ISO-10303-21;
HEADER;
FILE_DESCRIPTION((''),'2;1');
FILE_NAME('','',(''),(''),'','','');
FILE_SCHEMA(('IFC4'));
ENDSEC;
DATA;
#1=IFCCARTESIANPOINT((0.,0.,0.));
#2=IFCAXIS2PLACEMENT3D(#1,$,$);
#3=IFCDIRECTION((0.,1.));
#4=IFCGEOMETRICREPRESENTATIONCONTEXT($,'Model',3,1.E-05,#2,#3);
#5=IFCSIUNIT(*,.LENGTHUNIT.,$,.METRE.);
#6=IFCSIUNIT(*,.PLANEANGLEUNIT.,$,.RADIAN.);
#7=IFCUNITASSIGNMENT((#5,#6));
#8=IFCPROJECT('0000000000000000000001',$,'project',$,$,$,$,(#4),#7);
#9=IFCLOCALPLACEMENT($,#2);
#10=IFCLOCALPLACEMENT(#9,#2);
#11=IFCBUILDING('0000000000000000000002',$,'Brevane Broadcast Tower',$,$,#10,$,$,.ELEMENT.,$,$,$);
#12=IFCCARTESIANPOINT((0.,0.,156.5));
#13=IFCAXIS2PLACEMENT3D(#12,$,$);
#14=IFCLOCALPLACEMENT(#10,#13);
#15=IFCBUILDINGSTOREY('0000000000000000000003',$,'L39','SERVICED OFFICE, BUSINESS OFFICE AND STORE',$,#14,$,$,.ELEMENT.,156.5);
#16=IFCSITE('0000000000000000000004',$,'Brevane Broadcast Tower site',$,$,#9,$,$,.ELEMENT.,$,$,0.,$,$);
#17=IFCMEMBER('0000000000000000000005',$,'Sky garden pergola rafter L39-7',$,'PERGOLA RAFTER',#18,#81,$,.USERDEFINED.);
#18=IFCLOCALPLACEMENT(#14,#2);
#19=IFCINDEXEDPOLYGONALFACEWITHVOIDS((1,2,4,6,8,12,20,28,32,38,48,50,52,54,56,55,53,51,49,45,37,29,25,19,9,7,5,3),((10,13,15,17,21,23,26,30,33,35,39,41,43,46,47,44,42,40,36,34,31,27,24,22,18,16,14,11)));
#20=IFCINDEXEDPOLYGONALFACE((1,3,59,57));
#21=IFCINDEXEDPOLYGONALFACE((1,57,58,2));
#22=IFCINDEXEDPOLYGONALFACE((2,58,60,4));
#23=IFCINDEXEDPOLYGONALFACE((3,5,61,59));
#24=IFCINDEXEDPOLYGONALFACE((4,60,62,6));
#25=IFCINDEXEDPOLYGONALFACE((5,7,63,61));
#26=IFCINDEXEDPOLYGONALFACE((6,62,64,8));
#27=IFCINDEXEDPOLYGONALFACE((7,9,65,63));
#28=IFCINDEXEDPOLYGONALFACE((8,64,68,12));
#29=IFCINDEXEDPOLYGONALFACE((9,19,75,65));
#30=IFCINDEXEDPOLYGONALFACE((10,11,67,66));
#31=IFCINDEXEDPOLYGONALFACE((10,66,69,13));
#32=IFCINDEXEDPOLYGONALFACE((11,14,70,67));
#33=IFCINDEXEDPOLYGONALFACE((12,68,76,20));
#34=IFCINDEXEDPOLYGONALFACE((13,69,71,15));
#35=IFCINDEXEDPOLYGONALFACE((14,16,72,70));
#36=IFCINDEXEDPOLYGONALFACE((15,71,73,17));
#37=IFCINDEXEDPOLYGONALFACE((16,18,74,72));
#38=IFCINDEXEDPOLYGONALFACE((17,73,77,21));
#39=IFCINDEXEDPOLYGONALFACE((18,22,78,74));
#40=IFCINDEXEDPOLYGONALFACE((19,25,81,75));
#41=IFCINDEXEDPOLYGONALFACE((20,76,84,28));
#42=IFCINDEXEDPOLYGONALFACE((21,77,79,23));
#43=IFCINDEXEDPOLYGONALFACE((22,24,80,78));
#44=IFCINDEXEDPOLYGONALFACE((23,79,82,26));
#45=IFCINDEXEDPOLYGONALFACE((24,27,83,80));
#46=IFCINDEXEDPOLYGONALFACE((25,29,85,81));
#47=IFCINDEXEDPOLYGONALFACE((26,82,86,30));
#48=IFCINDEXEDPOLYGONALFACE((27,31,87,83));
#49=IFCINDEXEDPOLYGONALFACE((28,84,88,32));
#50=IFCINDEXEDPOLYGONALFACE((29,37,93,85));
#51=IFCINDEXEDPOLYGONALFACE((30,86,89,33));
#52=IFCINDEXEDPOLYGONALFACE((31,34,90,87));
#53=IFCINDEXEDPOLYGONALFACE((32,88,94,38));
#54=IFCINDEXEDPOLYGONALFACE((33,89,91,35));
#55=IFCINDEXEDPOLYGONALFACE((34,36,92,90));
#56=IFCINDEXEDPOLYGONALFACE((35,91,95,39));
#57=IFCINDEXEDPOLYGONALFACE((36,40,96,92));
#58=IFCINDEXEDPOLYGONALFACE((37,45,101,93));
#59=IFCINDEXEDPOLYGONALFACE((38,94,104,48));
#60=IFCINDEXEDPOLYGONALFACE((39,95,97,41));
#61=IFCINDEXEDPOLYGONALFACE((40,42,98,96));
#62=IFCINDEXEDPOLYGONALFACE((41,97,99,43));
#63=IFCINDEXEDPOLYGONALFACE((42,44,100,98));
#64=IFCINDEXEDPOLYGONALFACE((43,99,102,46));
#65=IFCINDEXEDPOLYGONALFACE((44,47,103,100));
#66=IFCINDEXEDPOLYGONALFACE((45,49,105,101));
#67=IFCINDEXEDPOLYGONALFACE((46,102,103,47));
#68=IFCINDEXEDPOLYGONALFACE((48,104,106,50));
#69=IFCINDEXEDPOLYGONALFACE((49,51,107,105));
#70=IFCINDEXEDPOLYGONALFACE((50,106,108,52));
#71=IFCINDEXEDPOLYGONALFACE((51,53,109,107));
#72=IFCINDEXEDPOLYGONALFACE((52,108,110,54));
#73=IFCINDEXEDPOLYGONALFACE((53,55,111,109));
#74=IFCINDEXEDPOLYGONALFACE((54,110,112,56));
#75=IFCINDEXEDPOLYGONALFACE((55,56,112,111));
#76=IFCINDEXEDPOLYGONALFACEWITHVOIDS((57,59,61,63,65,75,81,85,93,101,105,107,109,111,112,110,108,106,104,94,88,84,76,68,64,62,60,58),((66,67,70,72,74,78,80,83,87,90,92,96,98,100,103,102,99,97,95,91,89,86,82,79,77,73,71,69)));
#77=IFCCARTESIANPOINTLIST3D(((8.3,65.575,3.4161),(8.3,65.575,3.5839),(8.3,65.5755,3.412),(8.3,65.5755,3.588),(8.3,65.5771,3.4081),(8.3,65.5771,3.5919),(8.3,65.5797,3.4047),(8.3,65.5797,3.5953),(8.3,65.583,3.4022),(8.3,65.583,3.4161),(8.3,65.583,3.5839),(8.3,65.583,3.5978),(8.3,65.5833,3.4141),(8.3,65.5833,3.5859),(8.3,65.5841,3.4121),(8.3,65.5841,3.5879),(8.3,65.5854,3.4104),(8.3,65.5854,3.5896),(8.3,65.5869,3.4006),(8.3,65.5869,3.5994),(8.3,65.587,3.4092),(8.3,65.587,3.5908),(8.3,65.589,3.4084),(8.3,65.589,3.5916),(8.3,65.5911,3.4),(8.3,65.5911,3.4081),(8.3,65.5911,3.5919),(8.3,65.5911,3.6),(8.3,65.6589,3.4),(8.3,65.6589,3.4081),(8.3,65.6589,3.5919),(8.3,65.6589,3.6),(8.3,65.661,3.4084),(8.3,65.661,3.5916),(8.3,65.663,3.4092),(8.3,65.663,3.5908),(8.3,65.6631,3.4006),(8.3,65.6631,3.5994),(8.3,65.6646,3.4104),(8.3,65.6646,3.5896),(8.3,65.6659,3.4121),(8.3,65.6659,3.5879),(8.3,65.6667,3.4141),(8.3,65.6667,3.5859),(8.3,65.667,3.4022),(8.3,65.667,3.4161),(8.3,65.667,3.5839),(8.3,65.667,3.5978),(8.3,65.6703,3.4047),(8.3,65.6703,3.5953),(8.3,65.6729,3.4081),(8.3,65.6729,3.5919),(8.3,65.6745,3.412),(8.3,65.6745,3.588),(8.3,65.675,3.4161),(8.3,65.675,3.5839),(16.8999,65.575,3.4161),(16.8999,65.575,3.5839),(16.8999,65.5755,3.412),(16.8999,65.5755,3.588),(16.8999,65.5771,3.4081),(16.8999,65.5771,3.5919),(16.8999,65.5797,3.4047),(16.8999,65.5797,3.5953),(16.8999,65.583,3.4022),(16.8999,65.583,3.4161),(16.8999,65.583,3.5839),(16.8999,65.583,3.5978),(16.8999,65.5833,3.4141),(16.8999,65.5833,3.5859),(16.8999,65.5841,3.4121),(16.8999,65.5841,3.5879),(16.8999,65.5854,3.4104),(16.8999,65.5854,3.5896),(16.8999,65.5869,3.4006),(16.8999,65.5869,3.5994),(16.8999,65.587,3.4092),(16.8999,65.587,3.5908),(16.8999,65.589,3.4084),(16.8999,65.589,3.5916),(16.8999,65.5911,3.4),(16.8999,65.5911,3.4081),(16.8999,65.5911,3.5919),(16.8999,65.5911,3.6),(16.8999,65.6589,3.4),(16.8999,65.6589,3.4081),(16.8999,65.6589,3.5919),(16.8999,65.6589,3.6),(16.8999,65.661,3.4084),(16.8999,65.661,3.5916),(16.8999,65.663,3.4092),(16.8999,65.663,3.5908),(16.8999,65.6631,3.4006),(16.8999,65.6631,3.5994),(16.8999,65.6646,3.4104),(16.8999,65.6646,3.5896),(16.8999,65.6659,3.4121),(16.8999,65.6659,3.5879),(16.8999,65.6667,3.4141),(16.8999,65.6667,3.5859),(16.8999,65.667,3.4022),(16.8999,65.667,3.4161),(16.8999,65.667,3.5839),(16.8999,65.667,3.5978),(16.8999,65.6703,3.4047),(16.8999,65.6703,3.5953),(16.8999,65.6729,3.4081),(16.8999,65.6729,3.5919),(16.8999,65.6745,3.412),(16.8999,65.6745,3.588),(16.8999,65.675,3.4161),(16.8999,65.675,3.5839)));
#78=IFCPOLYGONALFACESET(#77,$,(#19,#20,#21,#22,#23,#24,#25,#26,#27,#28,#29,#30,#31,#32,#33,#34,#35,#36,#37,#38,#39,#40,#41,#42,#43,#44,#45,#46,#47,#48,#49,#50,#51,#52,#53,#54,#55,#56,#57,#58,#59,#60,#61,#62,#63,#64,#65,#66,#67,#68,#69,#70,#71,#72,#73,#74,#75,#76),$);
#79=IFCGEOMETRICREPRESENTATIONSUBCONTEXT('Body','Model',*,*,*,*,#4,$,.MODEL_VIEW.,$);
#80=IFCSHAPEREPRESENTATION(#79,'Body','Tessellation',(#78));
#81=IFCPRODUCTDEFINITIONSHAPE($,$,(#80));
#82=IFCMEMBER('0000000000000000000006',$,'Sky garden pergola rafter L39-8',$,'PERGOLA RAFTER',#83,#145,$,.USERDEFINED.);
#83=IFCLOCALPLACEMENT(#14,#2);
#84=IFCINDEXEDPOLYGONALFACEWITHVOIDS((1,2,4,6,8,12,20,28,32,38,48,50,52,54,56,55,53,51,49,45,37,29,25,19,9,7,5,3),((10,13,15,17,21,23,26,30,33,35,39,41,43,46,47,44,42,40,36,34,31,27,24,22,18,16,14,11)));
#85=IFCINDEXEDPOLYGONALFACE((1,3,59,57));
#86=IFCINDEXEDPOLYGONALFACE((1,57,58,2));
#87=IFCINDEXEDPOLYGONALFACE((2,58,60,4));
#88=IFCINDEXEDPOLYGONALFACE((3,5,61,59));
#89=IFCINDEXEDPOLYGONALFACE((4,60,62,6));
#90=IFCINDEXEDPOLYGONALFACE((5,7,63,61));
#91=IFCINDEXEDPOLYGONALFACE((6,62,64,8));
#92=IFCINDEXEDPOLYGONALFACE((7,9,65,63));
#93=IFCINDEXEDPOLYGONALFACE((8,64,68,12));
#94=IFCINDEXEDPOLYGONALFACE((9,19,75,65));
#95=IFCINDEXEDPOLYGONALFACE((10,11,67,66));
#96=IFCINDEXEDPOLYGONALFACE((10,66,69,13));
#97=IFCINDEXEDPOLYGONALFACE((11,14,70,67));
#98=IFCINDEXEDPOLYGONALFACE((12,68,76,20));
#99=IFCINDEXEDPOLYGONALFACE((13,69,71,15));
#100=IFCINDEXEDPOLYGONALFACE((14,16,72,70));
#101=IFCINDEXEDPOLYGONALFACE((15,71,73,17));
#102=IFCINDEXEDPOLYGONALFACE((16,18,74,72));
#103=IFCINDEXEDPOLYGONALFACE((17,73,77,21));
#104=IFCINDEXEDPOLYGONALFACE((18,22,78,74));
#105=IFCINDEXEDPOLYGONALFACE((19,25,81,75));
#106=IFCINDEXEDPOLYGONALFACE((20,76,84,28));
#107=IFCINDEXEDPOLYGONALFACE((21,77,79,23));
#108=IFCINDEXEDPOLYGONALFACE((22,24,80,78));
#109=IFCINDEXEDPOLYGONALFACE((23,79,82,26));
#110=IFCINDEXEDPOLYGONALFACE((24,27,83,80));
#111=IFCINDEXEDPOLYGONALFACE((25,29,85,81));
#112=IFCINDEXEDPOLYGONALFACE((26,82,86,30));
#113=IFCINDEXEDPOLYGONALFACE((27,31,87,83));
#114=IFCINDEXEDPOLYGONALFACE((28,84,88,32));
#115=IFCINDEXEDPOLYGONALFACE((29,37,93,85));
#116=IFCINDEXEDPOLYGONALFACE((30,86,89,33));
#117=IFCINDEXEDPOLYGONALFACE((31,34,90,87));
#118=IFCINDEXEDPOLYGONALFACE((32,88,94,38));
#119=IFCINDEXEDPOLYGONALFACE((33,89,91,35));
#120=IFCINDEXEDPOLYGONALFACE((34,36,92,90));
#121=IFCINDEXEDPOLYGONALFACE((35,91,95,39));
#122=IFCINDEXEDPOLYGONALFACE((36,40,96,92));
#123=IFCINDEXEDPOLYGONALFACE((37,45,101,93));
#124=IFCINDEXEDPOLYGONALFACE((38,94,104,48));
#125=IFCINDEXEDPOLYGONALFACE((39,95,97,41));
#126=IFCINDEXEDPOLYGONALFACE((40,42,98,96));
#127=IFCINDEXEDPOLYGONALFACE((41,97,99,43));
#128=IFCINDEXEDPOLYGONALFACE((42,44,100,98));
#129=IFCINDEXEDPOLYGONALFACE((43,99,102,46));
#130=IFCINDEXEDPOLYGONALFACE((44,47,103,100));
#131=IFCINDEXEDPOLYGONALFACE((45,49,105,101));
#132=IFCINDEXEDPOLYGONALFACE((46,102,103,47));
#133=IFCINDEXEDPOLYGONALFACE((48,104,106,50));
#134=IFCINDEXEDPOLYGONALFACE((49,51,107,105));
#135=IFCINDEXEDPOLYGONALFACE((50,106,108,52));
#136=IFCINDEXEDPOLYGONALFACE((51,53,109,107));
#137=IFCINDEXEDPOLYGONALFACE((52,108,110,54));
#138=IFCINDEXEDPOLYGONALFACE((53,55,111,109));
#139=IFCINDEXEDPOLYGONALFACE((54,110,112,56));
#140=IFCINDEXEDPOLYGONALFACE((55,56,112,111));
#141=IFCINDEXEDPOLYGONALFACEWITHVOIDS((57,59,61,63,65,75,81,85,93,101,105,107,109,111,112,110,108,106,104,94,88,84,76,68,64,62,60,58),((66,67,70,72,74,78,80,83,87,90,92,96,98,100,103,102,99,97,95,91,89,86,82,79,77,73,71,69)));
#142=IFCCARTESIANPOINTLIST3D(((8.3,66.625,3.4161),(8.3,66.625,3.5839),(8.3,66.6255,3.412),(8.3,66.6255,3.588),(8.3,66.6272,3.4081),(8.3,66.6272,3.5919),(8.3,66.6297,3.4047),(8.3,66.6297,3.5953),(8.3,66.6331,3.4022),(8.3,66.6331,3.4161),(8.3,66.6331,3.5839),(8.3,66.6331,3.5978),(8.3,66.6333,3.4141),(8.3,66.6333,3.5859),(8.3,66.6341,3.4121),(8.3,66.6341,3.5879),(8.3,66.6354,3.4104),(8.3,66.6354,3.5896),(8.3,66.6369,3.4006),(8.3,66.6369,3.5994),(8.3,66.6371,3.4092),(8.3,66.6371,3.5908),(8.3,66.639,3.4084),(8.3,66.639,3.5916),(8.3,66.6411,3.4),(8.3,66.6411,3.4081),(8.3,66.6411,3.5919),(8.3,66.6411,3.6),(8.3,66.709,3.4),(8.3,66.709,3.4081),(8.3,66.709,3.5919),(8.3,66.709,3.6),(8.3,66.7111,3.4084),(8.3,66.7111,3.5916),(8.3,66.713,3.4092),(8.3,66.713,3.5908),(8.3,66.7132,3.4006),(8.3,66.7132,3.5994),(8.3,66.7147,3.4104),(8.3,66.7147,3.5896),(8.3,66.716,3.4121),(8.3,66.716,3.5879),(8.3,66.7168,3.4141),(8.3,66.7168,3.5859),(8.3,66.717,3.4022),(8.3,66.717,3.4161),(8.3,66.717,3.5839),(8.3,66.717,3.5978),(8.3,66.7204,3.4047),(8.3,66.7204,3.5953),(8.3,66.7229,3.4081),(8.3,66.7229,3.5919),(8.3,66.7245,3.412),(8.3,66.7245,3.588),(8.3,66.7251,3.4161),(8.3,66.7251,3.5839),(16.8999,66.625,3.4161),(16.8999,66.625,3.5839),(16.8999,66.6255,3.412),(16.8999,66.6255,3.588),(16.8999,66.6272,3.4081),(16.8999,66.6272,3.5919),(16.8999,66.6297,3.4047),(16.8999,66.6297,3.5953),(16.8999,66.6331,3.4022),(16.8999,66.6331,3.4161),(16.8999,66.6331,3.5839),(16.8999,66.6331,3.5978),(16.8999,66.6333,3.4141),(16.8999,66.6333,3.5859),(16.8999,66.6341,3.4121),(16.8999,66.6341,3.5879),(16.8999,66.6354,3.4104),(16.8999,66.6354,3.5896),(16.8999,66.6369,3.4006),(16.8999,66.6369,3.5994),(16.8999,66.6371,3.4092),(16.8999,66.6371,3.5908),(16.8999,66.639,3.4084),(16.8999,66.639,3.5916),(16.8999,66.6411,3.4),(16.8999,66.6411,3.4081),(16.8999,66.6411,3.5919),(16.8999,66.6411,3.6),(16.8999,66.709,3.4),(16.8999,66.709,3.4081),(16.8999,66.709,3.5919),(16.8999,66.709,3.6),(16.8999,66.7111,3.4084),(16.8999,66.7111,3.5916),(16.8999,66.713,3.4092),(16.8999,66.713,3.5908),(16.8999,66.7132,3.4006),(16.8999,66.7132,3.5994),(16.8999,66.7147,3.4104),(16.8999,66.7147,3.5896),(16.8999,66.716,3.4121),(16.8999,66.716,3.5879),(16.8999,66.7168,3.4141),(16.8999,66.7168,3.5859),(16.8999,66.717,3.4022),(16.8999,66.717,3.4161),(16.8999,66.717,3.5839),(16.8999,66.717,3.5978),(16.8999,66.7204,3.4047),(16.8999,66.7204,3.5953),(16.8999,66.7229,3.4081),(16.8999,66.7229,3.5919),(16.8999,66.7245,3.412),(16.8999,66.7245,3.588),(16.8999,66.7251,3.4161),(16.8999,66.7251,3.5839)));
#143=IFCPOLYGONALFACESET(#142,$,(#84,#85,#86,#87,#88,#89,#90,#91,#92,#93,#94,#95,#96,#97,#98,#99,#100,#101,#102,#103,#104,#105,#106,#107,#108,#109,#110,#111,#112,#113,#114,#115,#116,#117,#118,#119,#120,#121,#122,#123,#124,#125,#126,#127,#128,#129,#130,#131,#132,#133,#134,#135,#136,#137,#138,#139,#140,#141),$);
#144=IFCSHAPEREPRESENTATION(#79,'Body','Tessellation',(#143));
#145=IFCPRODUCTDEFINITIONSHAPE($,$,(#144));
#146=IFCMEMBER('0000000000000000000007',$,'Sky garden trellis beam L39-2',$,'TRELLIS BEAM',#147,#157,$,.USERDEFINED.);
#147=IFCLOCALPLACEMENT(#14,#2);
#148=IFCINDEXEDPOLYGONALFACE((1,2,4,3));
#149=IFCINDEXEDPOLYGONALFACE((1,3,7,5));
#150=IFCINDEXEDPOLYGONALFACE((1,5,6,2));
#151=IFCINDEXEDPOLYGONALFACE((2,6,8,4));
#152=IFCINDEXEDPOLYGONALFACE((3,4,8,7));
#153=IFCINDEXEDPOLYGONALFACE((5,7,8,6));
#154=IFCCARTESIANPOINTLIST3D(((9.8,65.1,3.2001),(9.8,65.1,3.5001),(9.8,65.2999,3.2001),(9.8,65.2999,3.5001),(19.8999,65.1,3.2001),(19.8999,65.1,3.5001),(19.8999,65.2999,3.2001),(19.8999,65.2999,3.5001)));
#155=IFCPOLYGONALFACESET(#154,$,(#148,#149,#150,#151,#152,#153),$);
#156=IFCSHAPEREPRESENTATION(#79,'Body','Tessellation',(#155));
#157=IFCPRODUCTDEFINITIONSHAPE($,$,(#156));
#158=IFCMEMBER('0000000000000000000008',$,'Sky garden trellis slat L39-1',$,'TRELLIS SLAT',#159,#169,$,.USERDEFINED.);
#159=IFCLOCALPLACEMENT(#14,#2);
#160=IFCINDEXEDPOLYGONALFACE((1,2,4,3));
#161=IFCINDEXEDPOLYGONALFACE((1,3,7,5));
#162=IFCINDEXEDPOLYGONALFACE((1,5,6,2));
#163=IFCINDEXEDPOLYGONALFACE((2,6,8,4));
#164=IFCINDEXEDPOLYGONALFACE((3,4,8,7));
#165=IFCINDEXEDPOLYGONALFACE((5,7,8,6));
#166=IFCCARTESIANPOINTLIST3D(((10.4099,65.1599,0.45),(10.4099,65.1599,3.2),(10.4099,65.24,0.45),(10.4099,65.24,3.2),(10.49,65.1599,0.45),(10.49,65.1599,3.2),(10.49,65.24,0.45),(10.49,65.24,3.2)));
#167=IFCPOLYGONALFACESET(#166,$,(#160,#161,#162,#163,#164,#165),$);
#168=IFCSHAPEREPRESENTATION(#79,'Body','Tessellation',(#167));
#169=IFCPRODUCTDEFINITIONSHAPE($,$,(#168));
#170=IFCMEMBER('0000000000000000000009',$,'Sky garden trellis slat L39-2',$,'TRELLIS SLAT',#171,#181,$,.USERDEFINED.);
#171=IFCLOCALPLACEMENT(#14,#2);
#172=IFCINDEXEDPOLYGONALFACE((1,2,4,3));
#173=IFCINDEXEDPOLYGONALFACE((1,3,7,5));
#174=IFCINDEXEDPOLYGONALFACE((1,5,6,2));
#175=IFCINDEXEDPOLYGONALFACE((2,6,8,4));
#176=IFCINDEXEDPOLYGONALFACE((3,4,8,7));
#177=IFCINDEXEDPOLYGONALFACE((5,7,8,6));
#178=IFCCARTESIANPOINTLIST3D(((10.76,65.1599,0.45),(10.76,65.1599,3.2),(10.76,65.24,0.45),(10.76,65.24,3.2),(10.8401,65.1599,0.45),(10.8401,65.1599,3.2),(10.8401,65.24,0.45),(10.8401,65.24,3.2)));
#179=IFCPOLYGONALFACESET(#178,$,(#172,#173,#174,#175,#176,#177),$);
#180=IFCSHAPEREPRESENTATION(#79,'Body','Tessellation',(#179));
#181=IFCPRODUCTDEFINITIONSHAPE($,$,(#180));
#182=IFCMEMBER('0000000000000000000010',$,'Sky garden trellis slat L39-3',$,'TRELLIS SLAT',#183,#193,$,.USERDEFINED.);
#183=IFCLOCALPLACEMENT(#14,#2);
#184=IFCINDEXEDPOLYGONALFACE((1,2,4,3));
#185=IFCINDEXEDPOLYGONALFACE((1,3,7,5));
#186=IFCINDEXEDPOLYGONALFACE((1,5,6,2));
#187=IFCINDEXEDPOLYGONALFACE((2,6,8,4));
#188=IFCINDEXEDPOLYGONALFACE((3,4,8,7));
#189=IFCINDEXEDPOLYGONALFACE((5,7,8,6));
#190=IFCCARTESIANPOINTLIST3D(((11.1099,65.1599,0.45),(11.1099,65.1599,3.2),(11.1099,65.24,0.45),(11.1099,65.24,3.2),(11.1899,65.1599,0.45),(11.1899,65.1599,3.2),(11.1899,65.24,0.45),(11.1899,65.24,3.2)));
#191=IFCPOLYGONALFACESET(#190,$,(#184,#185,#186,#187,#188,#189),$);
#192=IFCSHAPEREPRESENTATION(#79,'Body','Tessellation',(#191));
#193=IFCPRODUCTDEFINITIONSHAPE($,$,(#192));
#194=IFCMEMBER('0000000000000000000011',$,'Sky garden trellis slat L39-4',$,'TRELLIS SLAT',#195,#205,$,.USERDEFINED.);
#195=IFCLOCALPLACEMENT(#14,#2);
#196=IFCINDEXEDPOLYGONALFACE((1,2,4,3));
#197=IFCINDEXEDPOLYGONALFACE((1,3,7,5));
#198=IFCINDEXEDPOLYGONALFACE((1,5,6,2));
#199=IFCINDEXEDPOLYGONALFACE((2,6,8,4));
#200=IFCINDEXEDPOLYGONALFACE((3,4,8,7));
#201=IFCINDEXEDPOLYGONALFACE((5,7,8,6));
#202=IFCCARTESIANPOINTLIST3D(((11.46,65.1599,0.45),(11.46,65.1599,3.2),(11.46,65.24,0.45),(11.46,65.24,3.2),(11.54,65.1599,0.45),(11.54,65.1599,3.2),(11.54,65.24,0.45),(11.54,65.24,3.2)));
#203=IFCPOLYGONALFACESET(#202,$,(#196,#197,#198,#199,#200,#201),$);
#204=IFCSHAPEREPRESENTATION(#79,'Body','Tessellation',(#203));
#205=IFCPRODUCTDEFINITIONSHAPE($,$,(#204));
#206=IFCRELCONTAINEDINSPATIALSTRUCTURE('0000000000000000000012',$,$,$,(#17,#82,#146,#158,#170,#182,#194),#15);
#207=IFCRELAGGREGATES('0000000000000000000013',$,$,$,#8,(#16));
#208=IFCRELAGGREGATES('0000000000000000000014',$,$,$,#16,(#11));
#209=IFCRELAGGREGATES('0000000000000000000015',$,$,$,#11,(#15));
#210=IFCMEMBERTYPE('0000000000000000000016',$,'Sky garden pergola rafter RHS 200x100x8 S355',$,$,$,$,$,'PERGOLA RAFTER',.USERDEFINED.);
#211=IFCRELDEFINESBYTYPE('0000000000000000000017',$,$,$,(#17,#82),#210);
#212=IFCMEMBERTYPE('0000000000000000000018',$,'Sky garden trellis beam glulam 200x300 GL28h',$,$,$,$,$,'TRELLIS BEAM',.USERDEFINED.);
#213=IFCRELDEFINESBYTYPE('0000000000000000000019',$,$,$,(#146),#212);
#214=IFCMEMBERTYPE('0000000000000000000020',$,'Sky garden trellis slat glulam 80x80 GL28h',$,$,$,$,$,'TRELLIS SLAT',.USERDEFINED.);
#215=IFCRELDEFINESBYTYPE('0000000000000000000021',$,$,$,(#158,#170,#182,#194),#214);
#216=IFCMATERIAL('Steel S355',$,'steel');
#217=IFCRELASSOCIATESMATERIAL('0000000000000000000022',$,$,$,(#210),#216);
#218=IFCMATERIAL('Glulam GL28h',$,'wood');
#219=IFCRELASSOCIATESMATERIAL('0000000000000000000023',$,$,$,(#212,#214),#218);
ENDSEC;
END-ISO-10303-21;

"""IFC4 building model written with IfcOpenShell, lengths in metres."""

from ifc_helpers import new_model, si_unit, direction, frame, origin, origin_2d, place, context, subcontext, project, spatial, rectangle, hollow_rectangle, extrude, material, material_profile, profile_set, type_object, element, save


model = new_model("IFC4")

# Units and contexts
model_context = context("Model", 3, precision=1e-05, world=origin(), true_north=direction((0.0, 1.0)))
body_context = subcontext(model_context, "Body", "Model", "MODEL_VIEW")
ifc_project = project(units=[si_unit("LENGTHUNIT", "METRE"), si_unit("PLANEANGLEUNIT", "RADIAN")], contexts=[model_context])

# Site, building, storey
site_placement = place(None, origin())
site = spatial("IfcSite", under=ifc_project, at=site_placement, Name="Brevane Broadcast Tower site", CompositionType="ELEMENT", RefElevation=0.0)
building_placement = place(site_placement, origin())
building = spatial("IfcBuilding", under=site, at=building_placement, Name="Brevane Broadcast Tower", CompositionType="ELEMENT")
storey_placement = place(building_placement, frame((0.0, 0.0, 156.5)))
storey = spatial("IfcBuildingStorey", under=building, at=storey_placement, Name="L39", Description="SERVICED OFFICE, BUSINESS OFFICE AND STORE", CompositionType="ELEMENT", Elevation=156.5)

# Members
ifc_material_1 = material(Name="Steel S355", Category="steel")
ifc_material_profile_1 = material_profile(ifc_material_1, hollow_rectangle(XDim=0.1001, YDim=0.2, WallThickness=0.0081, InnerFilletRadius=0.0081, OuterFilletRadius=0.0161, at=origin_2d()), Name="RHS 200x100x8")
ifc_profile_set_1 = profile_set([ifc_material_profile_1], Name="Steel S355")
member_type_1 = type_object("IfcMemberType", Name="Sky garden pergola rafter RHS 200x100x8 S355", ElementType="PERGOLA RAFTER", PredefinedType="USERDEFINED", material=ifc_profile_set_1)
for number, where, z_axis, x_axis, name in (
    (1, (8.3, 65.625, 3.5), (1.0, 0.0, 0.0), (0.0, 1.0, 0.0), "Sky garden pergola rafter L39-7"),
    (2, (8.3, 66.675, 3.5), (1.0, 0.0, 0.0), (0.0, 1.0, 0.0), "Sky garden pergola rafter L39-8"),
):
    element("IfcMember", number, at=place(storey_placement, frame(where, z_axis=z_axis, x_axis=x_axis)), inside=storey, type_object=member_type_1, Name=name, ObjectType="PERGOLA RAFTER", PredefinedType="USERDEFINED", context=body_context, shape_type="SweptSolid", body=[
        extrude(hollow_rectangle(XDim=0.1001, YDim=0.2, WallThickness=0.0081, InnerFilletRadius=0.0081, OuterFilletRadius=0.0161, at=origin_2d()), origin(), (0.0, 0.0, 1.0), 8.5999),
    ])
ifc_material_2 = material(Name="Glulam GL28h", Category="wood")
ifc_material_profile_2 = material_profile(ifc_material_2, rectangle(XDim=0.2, YDim=0.3, at=origin_2d()), Name="RECT 200x300")
ifc_profile_set_2 = profile_set([ifc_material_profile_2], Name="Glulam GL28h")
member_type_2 = type_object("IfcMemberType", Name="Sky garden trellis beam glulam 200x300 GL28h", ElementType="TRELLIS BEAM", PredefinedType="USERDEFINED", material=ifc_profile_set_2)
member_1_placement = place(storey_placement, frame((9.8, 65.2, 3.3501), z_axis=(1.0, 0.0, 0.0), x_axis=(0.0, 1.0, 0.0)))
element("IfcMember", 3, at=member_1_placement, inside=storey, type_object=member_type_2, Name="Sky garden trellis beam L39-2", ObjectType="TRELLIS BEAM", PredefinedType="USERDEFINED", context=body_context, shape_type="SweptSolid", body=[
    extrude(rectangle(XDim=0.2, YDim=0.3, at=origin_2d()), origin(), (0.0, 0.0, 1.0), 10.0999),
])
ifc_material_profile_3 = material_profile(ifc_material_2, rectangle(XDim=0.0801, YDim=0.0801, at=origin_2d()), Name="RECT 80x80")
ifc_profile_set_3 = profile_set([ifc_material_profile_3], Name="Glulam GL28h")
member_type_3 = type_object("IfcMemberType", Name="Sky garden trellis slat glulam 80x80 GL28h", ElementType="TRELLIS SLAT", PredefinedType="USERDEFINED", material=ifc_profile_set_3)
for number, where, z_axis, x_axis, name in (
    (4, (10.45, 65.2, 0.45), (0.0, 0.0, 1.0), (1.0, 0.0, 0.0), "Sky garden trellis slat L39-1"),
    (5, (10.8, 65.2, 0.45), (0.0, 0.0, 1.0), (1.0, 0.0, 0.0), "Sky garden trellis slat L39-2"),
    (6, (11.1499, 65.2, 0.45), (0.0, 0.0, 1.0), (1.0, 0.0, 0.0), "Sky garden trellis slat L39-3"),
    (7, (11.5, 65.2, 0.45), (0.0, 0.0, 1.0), (1.0, 0.0, 0.0), "Sky garden trellis slat L39-4"),
):
    element("IfcMember", number, at=place(storey_placement, frame(where, z_axis=z_axis, x_axis=x_axis)), inside=storey, type_object=member_type_3, Name=name, ObjectType="TRELLIS SLAT", PredefinedType="USERDEFINED", context=body_context, shape_type="SweptSolid", body=[
        extrude(rectangle(XDim=0.0801, YDim=0.0801, at=origin_2d()), origin(), (0.0, 0.0, 1.0), 2.75),
    ])

save(model, "model.ifc")
